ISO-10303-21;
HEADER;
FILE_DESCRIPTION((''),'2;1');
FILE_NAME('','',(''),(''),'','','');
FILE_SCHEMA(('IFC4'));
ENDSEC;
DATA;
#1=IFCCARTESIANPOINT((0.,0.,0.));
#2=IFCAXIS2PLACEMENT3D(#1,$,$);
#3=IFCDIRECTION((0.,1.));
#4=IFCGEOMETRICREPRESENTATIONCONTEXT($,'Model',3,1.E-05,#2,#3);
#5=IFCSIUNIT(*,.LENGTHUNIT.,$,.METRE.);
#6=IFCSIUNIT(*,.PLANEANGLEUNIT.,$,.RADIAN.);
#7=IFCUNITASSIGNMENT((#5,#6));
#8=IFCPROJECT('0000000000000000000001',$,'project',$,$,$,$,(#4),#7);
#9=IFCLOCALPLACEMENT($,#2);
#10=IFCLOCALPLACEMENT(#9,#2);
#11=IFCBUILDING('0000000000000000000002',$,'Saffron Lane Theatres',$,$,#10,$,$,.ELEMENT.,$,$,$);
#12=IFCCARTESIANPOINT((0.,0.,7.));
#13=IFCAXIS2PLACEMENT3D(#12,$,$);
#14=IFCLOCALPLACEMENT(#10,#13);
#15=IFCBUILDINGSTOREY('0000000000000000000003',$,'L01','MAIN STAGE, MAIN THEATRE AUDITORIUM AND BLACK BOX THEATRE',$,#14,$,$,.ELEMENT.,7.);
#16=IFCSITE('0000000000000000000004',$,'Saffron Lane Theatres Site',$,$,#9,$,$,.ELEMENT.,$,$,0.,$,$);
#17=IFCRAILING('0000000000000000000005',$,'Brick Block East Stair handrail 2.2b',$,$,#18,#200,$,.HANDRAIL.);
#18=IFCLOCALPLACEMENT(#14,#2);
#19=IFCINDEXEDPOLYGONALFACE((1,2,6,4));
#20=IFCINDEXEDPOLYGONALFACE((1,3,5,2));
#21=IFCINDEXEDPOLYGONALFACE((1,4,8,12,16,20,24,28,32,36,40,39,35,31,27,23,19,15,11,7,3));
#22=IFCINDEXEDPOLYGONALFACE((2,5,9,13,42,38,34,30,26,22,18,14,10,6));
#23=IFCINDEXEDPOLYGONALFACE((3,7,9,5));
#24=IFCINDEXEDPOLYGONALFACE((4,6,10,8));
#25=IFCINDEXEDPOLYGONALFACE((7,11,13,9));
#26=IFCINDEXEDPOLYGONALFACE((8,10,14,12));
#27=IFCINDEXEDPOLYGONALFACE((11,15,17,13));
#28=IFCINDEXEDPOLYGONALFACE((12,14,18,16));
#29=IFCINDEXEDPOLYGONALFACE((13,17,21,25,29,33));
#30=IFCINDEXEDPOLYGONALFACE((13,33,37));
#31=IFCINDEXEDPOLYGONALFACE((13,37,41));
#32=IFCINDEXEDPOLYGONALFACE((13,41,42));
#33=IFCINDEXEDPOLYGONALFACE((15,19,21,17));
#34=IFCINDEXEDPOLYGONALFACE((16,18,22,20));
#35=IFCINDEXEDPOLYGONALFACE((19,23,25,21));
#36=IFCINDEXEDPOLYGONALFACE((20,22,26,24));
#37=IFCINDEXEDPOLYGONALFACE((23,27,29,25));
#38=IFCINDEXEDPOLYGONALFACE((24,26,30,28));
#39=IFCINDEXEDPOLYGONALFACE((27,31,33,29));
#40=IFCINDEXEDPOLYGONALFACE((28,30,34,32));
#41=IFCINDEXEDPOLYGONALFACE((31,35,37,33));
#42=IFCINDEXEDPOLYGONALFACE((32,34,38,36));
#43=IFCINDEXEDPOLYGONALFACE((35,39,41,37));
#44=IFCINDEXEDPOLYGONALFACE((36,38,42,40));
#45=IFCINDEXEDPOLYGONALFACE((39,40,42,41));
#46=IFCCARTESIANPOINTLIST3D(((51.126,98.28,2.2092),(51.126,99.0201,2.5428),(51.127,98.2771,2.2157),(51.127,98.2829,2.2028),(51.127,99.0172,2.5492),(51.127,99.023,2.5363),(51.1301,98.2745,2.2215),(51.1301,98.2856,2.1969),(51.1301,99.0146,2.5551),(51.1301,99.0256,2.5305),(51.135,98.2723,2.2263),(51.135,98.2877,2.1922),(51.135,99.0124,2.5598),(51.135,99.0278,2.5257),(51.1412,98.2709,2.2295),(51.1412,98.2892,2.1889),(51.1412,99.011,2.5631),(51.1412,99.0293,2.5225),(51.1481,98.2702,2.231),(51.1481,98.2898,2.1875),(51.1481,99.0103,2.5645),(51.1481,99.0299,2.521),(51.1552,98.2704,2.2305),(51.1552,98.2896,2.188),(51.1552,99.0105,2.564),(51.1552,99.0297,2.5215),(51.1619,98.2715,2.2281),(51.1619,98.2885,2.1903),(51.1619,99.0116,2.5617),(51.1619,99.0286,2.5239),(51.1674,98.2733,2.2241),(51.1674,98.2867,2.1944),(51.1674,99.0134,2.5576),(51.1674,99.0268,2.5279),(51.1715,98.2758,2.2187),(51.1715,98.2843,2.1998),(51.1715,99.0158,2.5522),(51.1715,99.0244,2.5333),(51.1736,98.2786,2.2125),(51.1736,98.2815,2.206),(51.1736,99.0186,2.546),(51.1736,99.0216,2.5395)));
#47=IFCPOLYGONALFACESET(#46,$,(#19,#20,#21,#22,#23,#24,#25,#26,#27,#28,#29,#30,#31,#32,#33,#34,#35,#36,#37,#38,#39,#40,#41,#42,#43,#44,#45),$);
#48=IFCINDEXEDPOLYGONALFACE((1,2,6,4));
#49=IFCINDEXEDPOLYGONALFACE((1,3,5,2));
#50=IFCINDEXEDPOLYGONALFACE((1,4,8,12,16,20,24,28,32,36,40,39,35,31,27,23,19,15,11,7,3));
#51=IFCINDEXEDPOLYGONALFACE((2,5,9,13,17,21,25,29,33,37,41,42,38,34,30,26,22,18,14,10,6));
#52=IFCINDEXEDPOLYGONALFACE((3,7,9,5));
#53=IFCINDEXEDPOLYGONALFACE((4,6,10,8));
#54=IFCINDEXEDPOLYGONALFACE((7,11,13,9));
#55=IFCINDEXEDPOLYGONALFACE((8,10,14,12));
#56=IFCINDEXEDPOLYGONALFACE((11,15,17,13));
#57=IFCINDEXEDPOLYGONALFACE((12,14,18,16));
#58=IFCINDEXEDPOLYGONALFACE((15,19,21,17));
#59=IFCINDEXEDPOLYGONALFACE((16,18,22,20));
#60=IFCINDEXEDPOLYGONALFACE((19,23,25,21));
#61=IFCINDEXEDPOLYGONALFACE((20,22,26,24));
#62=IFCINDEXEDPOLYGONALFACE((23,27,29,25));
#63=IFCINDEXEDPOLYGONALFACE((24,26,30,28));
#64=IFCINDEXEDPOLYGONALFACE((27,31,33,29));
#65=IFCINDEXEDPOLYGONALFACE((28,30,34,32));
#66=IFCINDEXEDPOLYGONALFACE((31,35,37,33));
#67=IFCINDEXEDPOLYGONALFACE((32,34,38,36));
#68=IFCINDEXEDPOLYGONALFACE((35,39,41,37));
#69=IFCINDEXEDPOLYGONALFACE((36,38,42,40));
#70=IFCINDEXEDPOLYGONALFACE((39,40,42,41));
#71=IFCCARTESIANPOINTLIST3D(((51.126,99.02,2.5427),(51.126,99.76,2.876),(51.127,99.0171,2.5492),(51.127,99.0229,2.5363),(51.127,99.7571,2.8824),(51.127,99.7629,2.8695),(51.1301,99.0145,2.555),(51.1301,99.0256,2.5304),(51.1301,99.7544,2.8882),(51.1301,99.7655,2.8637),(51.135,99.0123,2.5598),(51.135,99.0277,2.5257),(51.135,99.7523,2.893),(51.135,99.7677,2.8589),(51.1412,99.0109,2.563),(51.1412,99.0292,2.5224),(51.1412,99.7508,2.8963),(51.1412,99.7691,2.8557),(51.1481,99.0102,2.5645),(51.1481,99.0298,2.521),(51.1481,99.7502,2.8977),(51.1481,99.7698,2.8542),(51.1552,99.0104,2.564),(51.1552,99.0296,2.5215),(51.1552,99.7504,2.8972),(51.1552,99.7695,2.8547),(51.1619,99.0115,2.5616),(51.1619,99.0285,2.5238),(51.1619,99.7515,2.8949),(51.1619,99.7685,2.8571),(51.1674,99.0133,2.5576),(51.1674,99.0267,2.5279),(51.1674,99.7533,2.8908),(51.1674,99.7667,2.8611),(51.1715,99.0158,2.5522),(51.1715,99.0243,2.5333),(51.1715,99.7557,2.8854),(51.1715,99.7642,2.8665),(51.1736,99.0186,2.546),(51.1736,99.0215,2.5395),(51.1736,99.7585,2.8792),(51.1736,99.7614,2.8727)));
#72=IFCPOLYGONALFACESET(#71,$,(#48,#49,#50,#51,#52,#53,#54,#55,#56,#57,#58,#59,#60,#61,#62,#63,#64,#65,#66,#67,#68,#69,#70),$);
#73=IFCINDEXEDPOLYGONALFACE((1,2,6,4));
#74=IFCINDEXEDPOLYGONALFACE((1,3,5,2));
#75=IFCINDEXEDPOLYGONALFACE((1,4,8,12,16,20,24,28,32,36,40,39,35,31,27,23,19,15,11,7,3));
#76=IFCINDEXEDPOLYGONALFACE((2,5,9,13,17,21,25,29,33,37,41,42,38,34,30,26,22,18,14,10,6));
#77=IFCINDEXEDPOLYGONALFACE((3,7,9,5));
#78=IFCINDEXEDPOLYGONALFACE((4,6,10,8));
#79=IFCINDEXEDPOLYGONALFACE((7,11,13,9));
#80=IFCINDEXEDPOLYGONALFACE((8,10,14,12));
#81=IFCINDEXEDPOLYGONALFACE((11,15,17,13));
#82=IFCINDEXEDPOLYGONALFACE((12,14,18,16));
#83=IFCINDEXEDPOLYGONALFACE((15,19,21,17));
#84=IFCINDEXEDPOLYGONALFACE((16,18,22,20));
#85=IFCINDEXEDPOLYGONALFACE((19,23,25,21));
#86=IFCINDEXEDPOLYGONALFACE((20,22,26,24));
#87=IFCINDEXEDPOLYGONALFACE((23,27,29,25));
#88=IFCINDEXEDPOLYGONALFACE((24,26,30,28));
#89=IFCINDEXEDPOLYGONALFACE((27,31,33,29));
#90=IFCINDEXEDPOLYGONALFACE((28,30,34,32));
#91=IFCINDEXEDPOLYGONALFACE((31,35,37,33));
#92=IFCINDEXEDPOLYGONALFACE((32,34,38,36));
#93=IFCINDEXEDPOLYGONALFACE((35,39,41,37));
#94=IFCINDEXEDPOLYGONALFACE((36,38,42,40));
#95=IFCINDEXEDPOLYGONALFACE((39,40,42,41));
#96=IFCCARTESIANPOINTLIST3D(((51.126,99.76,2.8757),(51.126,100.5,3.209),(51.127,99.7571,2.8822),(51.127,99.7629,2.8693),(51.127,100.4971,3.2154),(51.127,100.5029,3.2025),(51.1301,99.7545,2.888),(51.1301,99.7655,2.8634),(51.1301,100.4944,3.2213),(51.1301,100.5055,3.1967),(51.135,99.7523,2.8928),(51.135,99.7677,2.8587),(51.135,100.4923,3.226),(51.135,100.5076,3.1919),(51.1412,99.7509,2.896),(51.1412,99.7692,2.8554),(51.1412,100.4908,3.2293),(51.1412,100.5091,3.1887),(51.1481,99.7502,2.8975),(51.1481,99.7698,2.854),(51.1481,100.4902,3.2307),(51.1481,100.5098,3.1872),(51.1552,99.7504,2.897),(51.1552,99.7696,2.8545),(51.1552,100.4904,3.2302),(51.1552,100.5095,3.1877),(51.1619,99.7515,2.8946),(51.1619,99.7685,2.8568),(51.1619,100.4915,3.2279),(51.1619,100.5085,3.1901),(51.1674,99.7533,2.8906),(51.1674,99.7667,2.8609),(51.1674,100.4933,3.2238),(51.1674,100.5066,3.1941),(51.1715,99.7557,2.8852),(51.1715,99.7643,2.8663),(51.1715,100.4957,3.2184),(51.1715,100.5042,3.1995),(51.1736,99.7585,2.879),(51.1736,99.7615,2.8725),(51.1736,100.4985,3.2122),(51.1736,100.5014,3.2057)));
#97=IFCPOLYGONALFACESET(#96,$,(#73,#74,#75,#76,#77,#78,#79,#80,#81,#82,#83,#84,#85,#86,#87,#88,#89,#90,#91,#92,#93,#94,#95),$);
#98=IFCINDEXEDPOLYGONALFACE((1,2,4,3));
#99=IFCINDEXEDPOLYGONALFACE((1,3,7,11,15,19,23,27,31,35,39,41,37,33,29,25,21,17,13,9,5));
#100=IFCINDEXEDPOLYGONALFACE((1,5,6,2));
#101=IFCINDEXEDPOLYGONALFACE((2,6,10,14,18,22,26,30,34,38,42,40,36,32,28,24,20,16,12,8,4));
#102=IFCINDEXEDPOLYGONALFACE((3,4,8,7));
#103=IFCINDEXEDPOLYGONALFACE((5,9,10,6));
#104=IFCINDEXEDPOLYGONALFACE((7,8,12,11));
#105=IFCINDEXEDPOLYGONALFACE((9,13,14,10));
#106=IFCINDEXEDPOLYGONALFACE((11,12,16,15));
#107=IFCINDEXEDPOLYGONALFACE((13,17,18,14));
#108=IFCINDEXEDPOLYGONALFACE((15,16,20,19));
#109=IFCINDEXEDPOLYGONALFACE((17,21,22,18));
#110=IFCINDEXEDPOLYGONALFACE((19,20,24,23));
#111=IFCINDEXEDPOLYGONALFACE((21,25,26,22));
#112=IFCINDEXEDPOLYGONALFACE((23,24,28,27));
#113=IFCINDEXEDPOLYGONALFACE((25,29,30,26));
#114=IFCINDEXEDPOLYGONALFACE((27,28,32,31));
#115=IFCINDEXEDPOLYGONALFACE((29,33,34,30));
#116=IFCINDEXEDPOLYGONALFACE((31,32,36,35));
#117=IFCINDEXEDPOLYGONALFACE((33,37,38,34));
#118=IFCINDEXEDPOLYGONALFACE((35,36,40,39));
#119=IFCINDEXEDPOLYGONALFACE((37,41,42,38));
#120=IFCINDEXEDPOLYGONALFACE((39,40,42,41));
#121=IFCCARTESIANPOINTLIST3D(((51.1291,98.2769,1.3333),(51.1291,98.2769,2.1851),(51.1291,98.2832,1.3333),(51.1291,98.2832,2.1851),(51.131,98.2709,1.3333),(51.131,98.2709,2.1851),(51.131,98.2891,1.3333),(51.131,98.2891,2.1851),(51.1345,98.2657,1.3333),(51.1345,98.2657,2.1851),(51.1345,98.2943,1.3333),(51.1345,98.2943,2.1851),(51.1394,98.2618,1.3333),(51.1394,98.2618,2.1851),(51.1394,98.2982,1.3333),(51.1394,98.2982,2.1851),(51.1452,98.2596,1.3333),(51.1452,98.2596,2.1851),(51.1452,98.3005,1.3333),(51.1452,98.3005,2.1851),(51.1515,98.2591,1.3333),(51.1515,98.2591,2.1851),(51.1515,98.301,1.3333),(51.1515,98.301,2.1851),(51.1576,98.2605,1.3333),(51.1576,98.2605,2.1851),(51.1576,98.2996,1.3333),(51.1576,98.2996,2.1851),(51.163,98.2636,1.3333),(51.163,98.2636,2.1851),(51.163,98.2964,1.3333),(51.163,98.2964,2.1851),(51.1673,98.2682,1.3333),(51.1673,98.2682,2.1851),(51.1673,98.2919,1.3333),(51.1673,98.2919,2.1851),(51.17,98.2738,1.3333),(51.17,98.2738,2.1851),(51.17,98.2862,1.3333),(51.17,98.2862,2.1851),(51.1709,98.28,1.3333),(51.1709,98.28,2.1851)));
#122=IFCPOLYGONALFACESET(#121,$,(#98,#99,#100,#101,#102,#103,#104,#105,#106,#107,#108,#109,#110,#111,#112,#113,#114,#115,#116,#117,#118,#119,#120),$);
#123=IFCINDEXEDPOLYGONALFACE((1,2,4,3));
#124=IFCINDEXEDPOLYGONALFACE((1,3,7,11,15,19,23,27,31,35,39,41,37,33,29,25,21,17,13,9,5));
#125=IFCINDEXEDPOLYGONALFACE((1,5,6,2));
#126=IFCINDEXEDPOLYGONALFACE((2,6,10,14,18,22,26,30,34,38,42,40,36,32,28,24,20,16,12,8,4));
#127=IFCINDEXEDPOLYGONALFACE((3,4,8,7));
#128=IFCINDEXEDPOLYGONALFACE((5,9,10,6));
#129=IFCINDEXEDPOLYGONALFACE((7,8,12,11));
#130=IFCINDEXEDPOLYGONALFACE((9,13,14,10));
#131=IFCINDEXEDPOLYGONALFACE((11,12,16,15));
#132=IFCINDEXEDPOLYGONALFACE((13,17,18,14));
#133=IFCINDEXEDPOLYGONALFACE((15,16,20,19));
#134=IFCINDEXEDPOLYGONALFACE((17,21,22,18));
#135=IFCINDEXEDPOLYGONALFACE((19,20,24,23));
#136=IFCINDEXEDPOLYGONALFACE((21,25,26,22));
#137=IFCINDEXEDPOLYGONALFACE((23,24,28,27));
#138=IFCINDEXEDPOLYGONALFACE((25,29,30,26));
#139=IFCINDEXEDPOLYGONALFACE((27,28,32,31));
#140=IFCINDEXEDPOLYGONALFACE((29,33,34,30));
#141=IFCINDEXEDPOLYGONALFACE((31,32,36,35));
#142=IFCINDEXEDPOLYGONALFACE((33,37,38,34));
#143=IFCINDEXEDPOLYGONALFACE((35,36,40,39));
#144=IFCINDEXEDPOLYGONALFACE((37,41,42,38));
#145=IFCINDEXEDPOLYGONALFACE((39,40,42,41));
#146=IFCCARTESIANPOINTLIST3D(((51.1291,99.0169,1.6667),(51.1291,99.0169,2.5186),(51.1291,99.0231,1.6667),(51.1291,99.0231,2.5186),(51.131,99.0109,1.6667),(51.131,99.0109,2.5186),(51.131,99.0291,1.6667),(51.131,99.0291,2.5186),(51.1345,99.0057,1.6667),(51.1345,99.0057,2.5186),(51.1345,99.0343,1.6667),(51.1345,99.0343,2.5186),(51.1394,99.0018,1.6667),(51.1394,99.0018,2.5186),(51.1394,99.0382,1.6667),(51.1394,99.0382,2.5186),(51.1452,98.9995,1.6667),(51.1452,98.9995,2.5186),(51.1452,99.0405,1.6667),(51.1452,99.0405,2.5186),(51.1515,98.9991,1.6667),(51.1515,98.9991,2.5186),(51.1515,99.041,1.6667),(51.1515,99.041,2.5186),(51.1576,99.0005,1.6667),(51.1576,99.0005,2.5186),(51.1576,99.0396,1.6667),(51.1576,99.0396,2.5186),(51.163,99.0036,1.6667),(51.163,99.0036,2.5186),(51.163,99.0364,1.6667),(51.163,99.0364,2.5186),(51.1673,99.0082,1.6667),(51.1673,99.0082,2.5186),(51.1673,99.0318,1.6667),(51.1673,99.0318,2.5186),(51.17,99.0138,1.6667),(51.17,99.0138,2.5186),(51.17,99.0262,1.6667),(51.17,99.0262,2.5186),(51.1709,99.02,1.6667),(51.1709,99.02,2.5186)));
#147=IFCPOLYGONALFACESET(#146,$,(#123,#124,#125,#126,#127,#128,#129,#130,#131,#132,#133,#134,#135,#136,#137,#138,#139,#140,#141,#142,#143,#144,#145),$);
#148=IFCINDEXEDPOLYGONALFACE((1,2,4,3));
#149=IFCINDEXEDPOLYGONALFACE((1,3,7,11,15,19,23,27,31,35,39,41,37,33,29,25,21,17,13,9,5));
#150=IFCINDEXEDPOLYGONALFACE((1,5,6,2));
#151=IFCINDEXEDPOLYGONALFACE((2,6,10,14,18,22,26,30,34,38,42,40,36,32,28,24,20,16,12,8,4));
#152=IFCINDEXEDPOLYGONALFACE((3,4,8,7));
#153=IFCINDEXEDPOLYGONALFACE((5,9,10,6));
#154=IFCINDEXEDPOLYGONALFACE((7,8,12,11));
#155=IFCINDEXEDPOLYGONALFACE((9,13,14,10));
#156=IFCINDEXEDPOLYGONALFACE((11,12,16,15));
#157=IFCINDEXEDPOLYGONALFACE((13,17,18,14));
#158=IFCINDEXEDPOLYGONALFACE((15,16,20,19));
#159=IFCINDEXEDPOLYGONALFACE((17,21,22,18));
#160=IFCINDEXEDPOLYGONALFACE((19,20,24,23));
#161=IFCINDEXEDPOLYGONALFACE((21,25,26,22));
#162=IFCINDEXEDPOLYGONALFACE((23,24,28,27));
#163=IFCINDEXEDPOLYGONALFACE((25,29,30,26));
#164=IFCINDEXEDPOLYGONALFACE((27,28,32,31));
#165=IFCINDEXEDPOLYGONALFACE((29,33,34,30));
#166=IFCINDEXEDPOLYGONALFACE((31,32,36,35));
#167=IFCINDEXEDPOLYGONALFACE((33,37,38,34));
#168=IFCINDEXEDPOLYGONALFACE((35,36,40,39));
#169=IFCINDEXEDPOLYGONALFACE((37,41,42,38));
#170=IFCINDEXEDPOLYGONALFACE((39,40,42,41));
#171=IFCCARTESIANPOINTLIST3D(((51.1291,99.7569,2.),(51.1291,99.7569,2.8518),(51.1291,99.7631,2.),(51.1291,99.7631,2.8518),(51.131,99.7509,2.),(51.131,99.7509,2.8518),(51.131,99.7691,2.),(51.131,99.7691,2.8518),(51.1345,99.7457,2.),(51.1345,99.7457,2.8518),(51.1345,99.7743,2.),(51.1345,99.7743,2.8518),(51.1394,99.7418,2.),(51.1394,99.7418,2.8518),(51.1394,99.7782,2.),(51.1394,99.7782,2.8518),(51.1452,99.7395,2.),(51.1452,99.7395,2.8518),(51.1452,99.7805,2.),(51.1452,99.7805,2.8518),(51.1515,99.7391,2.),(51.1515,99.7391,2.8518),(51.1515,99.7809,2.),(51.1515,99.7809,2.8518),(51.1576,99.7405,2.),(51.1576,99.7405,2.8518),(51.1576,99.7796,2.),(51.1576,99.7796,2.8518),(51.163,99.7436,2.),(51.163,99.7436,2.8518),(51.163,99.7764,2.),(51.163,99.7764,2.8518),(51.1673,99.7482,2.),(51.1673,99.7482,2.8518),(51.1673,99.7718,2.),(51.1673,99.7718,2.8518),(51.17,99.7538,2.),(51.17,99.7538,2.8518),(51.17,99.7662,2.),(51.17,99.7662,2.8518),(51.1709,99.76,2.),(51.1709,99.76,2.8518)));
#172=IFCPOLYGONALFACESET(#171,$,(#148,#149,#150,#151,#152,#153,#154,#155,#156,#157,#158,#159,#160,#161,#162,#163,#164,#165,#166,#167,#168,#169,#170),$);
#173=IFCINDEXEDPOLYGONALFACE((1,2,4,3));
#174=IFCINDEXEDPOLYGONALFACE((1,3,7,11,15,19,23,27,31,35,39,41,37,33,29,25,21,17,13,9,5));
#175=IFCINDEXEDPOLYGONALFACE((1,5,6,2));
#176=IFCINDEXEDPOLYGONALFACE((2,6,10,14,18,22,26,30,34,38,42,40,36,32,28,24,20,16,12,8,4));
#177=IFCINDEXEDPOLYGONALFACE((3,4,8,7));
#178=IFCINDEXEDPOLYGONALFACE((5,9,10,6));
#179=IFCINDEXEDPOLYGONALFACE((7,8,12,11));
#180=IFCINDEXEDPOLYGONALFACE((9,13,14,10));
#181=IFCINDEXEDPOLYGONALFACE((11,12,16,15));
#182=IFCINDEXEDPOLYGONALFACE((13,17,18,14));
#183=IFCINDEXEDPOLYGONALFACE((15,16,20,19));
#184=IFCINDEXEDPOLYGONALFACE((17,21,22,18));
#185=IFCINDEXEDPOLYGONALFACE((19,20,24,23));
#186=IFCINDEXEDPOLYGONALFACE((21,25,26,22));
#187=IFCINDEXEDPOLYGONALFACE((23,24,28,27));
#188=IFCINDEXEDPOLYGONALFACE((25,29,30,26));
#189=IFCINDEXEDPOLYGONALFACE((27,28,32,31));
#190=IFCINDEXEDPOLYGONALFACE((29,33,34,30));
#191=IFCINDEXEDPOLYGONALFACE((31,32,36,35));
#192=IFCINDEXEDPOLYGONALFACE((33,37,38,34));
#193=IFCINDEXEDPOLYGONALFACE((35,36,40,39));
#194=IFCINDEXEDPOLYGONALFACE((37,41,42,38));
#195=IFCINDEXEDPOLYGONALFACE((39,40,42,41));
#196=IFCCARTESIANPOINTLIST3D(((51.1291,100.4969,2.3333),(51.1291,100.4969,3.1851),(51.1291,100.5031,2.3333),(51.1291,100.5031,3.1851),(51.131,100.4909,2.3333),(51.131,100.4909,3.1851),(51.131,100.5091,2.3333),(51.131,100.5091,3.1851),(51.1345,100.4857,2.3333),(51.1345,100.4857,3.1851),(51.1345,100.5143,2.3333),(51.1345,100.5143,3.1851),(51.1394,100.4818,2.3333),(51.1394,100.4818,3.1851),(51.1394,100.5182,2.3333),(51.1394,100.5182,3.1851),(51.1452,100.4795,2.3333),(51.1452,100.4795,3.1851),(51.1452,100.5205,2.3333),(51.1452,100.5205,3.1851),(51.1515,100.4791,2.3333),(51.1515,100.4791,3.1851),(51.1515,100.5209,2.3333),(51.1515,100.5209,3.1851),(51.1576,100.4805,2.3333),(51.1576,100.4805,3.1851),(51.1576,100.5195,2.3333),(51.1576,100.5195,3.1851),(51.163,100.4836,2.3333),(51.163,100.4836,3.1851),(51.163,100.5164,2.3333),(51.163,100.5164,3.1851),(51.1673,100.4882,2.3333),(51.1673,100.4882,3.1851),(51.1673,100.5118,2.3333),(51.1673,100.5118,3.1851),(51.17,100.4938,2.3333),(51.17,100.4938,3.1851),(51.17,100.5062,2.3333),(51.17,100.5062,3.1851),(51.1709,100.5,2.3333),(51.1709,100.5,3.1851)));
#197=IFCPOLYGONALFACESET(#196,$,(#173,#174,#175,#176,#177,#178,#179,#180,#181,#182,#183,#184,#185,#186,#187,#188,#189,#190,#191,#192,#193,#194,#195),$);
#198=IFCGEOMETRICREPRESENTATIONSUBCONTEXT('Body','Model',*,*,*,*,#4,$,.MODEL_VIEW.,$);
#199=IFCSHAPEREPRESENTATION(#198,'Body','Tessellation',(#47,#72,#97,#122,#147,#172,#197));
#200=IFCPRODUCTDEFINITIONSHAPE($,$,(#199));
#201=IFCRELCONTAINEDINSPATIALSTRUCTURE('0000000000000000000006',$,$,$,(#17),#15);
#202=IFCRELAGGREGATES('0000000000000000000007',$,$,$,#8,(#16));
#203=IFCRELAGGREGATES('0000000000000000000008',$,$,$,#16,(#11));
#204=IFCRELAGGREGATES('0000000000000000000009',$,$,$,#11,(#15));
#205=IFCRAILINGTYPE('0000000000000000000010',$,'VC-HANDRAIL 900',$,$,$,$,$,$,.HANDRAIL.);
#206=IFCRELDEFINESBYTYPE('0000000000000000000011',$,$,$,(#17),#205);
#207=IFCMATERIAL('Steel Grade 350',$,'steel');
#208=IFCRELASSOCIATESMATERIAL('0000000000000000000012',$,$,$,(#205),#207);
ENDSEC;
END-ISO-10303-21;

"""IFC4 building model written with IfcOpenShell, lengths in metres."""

from ifc_helpers import new_model, si_unit, direction, frame, origin, origin_2d, place, context, subcontext, project, spatial, circle, extrude, material, type_object, element, save


model = new_model("IFC4")

# Units and contexts
model_context = context("Model", 3, precision=1e-05, world=origin(), true_north=direction((0.0, 1.0)))
body_context = subcontext(model_context, "Body", "Model", "MODEL_VIEW")
ifc_project = project(units=[si_unit("LENGTHUNIT", "METRE"), si_unit("PLANEANGLEUNIT", "RADIAN")], contexts=[model_context])

# Site, building, storey
site_placement = place(None, origin())
site = spatial("IfcSite", under=ifc_project, at=site_placement, Name="Saffron Lane Theatres Site", CompositionType="ELEMENT", RefElevation=0.0)
building_placement = place(site_placement, origin())
building = spatial("IfcBuilding", under=site, at=building_placement, Name="Saffron Lane Theatres", CompositionType="ELEMENT")
storey_placement = place(building_placement, frame((0.0, 0.0, 7.0)))
storey = spatial("IfcBuildingStorey", under=building, at=storey_placement, Name="L01", Description="MAIN STAGE, MAIN THEATRE AUDITORIUM AND BLACK BOX THEATRE", CompositionType="ELEMENT", Elevation=7.0)

# Railing
ifc_material_1 = material(Name="Steel Grade 350", Category="steel")
railing_type_1 = type_object("IfcRailingType", Name="VC-HANDRAIL 900", PredefinedType="HANDRAIL", material=ifc_material_1)
for number, where, name in (
    (1, (51.1499, 98.28, 1.3333), "Brick Block East Stair handrail 2.2b"),
):
    element("IfcRailing", number, at=place(storey_placement, frame(where)), inside=storey, type_object=railing_type_1, Name=name, PredefinedType="HANDRAIL", context=body_context, shape_type="SweptSolid", body=[
        extrude(circle(Radius=0.0239, at=origin_2d()), frame((0.0, 0.0, 0.876), z_axis=(0.0, 0.911691, 0.410877), x_axis=(-1.0, 0.0, 0.0)), (0.0, 0.0, 1.0), 0.8118),
        extrude(circle(Radius=0.0239, at=origin_2d()), frame((0.0, 0.74, 1.2095), z_axis=(0.0, 0.911803, 0.410627), x_axis=(-1.0, 0.0, 0.0)), (0.0, 0.0, 1.0), 0.8115),
        extrude(circle(Radius=0.0239, at=origin_2d()), frame((0.0, 1.48, 1.5425), z_axis=(0.0, 0.911803, 0.410627), x_axis=(-1.0, 0.0, 0.0)), (0.0, 0.0, 1.0), 0.8115),
        extrude(circle(Radius=0.021, at=origin_2d()), origin(), (0.0, 0.0, 1.0), 0.8518),
        extrude(circle(Radius=0.021, at=origin_2d()), frame((0.0, 0.74, 0.3335)), (0.0, 0.0, 1.0), 0.8518),
        extrude(circle(Radius=0.021, at=origin_2d()), frame((0.0, 1.48, 0.6667)), (0.0, 0.0, 1.0), 0.8518),
        extrude(circle(Radius=0.021, at=origin_2d()), frame((0.0, 2.22, 1.0)), (0.0, 0.0, 1.0), 0.8518),
    ])

save(model, "model.ifc")
